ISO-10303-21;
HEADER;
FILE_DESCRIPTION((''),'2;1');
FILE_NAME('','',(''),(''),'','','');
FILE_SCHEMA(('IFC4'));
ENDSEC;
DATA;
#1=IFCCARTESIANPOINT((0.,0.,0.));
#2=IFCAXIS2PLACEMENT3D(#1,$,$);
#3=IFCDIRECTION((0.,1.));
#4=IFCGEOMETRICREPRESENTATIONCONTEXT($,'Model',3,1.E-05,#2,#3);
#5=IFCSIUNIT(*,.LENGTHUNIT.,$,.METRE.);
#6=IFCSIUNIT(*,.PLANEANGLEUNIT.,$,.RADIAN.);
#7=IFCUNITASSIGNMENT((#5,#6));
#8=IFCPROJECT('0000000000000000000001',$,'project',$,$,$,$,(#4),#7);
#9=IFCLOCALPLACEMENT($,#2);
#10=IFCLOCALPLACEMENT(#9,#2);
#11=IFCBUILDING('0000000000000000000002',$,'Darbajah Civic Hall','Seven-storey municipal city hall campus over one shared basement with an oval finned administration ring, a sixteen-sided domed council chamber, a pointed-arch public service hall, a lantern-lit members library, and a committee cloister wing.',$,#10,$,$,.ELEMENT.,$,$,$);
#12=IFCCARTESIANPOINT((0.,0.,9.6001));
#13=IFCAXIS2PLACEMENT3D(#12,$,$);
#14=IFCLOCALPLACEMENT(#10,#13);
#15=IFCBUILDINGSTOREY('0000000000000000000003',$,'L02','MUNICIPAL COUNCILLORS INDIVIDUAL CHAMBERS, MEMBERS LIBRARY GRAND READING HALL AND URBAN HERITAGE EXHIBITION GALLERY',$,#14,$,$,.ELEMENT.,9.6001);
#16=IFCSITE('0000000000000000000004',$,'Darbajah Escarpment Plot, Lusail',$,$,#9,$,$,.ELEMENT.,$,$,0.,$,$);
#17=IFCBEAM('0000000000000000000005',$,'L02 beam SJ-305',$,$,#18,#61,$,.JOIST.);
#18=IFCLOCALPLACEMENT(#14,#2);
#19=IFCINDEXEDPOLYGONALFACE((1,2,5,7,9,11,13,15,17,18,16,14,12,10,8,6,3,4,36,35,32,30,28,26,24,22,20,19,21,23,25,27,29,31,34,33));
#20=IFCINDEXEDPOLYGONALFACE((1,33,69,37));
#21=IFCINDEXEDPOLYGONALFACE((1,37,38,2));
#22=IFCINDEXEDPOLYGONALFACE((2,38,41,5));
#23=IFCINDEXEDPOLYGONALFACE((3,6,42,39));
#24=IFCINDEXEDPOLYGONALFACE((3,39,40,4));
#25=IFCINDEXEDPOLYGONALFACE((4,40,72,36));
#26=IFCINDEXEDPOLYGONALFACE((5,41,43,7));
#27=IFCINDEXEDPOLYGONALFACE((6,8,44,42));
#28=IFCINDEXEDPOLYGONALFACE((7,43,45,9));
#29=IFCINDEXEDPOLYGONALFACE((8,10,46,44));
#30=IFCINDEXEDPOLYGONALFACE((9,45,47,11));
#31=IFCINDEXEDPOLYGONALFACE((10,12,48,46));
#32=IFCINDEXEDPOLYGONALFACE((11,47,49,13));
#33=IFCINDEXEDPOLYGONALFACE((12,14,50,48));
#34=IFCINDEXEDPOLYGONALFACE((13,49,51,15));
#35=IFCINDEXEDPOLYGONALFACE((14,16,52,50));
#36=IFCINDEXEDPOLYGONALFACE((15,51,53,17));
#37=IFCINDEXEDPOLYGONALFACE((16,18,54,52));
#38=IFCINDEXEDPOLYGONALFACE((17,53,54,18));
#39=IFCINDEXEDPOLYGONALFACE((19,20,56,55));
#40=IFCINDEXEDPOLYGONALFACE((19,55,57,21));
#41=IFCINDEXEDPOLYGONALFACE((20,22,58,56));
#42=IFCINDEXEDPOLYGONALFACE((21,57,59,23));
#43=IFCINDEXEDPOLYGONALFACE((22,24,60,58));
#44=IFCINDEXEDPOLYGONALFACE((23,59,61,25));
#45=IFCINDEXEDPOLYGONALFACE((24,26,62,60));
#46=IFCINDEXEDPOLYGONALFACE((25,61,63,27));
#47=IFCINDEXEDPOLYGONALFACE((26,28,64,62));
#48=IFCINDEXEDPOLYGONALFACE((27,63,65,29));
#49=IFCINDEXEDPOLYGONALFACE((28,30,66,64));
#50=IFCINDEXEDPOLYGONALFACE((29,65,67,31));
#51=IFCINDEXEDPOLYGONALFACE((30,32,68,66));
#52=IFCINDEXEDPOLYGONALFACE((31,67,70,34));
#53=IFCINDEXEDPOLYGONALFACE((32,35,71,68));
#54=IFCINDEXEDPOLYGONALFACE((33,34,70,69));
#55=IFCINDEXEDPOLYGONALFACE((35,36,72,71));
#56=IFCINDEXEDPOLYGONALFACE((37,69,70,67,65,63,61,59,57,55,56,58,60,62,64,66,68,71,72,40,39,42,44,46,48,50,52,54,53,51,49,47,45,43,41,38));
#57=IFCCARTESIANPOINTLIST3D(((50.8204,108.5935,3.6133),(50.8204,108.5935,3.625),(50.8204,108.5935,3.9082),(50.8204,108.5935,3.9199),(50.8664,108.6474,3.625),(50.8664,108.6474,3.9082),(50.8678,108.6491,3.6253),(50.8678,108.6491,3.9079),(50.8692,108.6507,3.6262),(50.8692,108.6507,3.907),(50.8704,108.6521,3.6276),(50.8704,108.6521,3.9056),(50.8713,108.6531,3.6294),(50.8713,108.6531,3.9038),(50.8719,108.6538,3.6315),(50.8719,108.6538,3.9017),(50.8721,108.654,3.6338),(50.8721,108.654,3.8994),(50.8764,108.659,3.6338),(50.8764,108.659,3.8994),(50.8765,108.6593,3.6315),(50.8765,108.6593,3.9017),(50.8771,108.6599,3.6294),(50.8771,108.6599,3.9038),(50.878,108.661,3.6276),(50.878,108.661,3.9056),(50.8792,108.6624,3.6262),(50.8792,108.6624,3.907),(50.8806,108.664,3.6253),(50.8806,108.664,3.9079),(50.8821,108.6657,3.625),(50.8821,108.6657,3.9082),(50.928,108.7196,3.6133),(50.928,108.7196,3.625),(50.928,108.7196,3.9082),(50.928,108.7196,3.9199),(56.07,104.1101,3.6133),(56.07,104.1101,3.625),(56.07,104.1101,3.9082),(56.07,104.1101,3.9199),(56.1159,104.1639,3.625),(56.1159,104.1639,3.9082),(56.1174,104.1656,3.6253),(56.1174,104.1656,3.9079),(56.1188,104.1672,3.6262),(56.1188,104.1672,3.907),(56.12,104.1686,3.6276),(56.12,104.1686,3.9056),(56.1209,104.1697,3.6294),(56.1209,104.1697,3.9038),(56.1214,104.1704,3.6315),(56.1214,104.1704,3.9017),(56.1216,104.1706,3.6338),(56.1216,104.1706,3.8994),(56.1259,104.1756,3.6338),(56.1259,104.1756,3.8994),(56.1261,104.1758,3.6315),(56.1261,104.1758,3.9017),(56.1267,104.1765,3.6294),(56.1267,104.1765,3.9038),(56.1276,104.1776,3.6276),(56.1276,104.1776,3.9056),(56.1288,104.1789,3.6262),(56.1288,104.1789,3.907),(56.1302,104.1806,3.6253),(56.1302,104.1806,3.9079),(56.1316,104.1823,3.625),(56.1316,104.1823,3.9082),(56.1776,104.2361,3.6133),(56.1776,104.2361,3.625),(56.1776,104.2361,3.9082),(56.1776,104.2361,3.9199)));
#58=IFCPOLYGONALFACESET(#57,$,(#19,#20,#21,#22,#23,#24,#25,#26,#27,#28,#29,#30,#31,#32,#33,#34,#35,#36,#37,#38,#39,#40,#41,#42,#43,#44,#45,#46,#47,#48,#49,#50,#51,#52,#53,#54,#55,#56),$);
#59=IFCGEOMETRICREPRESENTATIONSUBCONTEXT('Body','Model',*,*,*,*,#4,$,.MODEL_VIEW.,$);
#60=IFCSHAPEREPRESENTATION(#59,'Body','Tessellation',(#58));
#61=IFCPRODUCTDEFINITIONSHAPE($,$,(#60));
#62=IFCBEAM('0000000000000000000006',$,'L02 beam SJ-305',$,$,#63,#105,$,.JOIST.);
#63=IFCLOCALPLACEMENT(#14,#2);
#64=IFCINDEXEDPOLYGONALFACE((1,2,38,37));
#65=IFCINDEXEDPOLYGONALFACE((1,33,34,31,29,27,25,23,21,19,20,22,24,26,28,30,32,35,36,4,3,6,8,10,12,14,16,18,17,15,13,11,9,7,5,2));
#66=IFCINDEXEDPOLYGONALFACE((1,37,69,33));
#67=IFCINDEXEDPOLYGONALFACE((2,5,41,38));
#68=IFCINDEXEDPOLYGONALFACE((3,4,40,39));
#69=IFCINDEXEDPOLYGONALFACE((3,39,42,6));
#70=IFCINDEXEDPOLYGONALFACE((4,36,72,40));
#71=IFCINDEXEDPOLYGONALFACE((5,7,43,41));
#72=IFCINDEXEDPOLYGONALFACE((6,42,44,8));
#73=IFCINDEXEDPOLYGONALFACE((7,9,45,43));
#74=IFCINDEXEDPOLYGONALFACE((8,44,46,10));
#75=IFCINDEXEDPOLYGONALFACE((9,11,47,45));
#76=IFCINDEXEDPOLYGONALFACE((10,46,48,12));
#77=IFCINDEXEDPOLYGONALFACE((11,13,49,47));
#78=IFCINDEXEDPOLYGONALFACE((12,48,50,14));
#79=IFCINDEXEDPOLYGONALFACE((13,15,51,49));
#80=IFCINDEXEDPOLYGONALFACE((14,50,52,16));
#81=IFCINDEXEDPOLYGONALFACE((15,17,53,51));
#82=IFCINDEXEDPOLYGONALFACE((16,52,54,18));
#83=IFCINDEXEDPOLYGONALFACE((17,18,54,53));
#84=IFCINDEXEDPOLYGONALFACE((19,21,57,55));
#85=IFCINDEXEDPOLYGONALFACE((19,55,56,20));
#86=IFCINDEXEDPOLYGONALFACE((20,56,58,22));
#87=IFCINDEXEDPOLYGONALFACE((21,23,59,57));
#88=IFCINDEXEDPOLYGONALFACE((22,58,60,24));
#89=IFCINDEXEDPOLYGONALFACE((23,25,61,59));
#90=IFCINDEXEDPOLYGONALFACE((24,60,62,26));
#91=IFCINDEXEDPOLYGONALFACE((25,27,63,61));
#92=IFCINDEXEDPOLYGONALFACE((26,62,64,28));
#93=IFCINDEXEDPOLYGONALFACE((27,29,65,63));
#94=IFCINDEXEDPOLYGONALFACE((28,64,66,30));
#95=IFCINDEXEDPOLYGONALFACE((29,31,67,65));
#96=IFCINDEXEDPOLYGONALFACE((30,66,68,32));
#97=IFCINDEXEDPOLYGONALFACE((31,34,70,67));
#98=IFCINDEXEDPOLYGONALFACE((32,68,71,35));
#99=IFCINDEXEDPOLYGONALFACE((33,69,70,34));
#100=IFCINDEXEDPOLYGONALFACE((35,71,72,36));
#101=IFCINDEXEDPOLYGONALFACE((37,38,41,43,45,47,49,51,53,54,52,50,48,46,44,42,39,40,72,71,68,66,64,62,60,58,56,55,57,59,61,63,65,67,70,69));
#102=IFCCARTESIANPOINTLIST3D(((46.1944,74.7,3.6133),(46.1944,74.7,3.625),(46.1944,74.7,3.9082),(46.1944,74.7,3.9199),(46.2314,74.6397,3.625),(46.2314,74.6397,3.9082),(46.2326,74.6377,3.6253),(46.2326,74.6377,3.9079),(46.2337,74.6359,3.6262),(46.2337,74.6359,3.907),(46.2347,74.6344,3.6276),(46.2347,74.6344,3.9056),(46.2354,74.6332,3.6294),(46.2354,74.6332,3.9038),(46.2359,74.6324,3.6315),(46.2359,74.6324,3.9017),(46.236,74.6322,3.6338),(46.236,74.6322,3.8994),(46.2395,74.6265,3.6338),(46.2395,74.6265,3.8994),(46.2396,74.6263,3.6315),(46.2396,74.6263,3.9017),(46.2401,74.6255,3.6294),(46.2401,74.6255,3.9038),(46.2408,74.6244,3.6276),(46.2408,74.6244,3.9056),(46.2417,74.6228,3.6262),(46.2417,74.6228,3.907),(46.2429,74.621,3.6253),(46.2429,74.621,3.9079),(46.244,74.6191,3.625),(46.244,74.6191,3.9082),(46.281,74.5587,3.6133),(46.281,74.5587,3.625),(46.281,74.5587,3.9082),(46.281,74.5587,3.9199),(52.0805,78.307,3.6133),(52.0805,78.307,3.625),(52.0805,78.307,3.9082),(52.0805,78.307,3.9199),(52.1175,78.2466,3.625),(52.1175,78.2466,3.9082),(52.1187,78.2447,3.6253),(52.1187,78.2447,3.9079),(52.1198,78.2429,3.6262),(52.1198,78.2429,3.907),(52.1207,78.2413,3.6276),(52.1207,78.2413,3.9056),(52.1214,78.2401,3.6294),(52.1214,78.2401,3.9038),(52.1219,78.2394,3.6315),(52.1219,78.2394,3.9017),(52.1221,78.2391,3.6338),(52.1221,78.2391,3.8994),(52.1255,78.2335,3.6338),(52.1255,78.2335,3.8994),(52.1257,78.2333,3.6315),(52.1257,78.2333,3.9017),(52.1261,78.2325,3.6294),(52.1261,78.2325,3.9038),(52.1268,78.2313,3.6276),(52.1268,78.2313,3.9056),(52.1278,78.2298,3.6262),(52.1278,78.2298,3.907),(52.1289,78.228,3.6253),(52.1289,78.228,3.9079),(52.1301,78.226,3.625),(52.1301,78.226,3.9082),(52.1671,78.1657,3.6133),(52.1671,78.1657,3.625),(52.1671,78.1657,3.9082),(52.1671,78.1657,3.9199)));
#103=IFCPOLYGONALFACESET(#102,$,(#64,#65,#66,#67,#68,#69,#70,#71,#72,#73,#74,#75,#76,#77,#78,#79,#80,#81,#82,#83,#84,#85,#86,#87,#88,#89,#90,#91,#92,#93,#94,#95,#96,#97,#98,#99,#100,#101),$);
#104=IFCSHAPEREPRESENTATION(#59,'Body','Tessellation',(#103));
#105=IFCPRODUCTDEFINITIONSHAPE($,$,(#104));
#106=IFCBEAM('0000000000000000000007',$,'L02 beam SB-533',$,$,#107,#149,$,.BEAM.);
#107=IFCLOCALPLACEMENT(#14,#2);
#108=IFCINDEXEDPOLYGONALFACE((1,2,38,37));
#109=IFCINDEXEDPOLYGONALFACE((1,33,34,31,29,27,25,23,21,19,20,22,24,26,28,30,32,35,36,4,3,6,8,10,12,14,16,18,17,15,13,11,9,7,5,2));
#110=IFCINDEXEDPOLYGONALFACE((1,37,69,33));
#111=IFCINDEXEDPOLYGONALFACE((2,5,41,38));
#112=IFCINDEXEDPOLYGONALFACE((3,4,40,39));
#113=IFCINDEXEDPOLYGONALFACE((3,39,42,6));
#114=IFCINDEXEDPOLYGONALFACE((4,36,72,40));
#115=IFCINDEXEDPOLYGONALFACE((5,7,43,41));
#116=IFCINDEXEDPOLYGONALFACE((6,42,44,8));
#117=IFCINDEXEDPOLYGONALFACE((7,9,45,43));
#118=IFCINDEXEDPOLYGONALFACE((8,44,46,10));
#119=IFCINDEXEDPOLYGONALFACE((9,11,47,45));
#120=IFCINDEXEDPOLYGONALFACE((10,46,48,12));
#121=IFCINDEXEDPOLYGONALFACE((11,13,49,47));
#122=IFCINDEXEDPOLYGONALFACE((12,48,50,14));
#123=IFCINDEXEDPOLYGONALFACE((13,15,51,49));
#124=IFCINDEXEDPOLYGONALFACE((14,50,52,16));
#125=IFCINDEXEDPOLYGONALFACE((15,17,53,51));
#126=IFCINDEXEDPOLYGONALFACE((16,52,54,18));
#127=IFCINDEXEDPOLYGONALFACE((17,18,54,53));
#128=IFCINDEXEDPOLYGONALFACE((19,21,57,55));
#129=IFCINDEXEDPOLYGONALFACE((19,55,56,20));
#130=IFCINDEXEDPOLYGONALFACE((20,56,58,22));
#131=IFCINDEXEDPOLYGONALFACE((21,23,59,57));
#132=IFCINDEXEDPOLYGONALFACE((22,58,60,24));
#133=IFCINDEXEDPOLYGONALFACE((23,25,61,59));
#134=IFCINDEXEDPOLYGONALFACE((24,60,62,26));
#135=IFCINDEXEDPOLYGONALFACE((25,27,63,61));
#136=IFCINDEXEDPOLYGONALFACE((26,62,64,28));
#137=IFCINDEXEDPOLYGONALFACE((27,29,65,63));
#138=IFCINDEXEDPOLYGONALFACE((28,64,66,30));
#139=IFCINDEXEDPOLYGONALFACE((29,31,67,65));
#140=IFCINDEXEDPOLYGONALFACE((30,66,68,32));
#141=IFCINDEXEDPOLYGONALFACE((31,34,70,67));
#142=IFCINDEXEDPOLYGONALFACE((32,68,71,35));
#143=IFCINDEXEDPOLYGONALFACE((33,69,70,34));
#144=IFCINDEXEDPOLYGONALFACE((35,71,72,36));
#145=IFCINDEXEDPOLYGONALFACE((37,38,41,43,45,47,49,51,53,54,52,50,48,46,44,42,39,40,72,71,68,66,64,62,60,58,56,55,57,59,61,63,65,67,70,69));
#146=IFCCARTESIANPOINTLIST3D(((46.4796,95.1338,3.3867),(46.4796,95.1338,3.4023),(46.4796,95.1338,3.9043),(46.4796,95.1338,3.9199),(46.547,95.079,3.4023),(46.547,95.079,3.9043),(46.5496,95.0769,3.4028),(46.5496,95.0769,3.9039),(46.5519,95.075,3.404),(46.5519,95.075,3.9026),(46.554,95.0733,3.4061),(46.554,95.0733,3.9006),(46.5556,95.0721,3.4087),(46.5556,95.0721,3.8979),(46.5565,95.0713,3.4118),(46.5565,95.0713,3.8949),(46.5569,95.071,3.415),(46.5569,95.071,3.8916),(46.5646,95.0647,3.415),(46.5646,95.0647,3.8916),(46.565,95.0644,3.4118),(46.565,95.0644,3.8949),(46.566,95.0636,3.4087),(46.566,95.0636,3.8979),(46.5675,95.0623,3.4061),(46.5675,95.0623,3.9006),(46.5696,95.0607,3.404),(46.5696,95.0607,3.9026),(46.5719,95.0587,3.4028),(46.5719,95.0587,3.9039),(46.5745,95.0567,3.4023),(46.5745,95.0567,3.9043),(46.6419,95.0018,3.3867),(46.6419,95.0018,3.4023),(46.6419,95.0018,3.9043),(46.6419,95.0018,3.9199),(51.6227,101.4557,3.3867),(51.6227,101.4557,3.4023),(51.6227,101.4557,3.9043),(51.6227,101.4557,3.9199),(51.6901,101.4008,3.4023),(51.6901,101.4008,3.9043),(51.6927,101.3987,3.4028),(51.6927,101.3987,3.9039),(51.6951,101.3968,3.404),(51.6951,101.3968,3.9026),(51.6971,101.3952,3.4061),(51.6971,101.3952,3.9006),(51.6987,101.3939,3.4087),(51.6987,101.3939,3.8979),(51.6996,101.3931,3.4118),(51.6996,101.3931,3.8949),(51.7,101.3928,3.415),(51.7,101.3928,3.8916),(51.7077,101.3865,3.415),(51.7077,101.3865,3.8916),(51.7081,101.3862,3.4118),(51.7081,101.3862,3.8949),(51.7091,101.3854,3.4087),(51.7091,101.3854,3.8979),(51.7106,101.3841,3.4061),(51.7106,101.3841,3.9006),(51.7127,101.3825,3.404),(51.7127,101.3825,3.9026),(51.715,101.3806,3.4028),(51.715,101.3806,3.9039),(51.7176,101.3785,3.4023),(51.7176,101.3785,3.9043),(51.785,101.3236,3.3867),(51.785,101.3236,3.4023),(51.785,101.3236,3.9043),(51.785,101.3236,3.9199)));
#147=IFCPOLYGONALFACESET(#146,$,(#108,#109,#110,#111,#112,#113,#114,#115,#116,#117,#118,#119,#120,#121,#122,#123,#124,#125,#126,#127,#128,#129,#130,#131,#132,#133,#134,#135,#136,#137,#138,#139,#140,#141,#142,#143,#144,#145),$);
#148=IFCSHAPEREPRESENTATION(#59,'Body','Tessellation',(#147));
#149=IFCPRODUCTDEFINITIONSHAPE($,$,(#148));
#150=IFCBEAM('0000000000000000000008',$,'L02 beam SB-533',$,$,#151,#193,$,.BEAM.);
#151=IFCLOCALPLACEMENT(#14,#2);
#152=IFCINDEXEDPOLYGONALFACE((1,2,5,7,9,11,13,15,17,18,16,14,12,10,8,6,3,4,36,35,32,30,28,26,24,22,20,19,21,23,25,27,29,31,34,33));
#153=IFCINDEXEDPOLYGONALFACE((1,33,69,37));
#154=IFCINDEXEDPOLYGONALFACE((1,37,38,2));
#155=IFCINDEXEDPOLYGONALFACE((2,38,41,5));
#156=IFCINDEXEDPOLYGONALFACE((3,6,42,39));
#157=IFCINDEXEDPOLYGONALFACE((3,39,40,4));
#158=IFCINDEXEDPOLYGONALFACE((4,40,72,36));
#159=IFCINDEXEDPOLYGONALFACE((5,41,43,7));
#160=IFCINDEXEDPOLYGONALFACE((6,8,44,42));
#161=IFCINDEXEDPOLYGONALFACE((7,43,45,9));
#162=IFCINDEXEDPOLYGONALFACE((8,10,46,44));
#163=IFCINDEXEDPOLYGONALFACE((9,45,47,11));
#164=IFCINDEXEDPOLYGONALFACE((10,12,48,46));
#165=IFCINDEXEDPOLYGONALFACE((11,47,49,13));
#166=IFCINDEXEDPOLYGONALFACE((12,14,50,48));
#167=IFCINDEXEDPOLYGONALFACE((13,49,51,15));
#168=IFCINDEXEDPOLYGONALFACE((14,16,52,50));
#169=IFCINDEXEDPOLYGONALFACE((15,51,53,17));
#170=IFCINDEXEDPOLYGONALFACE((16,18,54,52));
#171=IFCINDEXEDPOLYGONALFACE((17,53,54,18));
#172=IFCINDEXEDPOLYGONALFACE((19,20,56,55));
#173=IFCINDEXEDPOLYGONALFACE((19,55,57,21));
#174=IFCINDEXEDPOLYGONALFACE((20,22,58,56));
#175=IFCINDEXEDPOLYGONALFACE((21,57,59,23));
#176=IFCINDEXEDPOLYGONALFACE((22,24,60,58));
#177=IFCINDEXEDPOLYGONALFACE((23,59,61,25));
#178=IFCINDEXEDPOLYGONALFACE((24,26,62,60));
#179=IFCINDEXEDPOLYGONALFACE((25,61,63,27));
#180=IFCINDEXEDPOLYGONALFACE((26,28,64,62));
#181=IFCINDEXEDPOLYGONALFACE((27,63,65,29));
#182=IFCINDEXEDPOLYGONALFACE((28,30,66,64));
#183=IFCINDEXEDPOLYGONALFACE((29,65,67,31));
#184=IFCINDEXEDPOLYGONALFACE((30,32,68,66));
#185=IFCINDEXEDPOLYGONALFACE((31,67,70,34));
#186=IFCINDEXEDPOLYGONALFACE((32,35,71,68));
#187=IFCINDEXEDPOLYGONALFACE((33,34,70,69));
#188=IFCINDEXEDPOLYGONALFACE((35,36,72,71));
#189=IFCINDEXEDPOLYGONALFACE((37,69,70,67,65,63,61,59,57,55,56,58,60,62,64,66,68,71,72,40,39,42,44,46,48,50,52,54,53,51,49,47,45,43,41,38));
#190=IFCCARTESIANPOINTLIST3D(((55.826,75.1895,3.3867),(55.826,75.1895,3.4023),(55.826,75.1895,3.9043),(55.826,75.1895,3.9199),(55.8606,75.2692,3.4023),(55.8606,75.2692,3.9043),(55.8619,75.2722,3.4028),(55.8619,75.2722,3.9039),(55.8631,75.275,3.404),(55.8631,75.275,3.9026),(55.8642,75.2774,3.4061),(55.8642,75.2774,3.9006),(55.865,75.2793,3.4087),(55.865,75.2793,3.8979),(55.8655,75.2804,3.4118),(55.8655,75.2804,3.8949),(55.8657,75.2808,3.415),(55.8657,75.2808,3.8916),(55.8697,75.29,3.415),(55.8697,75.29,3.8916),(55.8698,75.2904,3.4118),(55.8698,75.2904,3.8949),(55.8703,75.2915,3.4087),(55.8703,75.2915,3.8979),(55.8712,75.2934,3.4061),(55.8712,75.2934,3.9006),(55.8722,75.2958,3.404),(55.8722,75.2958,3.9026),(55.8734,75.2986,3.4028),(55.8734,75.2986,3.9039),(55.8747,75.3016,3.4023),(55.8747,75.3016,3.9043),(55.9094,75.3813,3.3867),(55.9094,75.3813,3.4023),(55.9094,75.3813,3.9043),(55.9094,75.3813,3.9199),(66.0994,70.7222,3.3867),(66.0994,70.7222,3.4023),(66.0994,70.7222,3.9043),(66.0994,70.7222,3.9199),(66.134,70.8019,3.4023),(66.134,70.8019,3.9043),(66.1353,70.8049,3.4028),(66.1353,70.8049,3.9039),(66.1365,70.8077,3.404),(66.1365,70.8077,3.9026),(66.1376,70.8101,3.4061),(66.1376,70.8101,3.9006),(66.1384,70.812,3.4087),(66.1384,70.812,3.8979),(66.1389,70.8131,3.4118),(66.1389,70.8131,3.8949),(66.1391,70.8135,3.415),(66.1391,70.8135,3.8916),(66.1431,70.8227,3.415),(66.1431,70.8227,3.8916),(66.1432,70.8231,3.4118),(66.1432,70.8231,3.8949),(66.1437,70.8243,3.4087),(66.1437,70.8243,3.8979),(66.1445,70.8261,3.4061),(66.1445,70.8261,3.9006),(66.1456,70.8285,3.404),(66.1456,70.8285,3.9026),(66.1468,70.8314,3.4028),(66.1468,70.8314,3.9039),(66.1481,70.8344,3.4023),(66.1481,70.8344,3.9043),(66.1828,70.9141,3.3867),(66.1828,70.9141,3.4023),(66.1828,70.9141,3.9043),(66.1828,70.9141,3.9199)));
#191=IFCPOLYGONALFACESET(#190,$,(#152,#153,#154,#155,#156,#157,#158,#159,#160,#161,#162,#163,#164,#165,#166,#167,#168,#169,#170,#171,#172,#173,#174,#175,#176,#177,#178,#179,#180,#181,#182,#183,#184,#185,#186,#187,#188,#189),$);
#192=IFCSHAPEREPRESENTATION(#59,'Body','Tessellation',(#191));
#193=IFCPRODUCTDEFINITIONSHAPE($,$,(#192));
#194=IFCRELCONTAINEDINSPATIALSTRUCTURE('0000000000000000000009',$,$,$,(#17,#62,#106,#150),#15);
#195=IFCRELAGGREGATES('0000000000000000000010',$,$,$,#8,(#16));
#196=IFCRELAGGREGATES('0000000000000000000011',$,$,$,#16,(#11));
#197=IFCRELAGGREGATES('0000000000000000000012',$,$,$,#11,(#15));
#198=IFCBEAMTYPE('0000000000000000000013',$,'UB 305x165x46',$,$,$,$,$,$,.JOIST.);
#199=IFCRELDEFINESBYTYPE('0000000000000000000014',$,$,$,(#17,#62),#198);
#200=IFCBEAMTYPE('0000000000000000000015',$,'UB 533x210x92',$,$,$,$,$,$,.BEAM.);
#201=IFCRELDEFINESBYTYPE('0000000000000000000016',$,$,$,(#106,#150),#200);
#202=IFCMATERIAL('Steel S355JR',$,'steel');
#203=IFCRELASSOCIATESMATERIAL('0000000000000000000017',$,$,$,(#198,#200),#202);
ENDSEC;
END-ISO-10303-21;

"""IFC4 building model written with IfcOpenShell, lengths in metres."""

from ifc_helpers import new_model, si_unit, direction, frame, origin, origin_2d, place, context, subcontext, project, spatial, i_section, extrude, material, material_profile, profile_set, type_object, element, save


model = new_model("IFC4")

# Units and contexts
model_context = context("Model", 3, precision=1e-05, world=origin(), true_north=direction((0.0, 1.0)))
body_context = subcontext(model_context, "Body", "Model", "MODEL_VIEW")
ifc_project = project(units=[si_unit("LENGTHUNIT", "METRE"), si_unit("PLANEANGLEUNIT", "RADIAN")], contexts=[model_context])

# Site, building, storey
site_placement = place(None, origin())
site = spatial("IfcSite", under=ifc_project, at=site_placement, Name="Darbajah Escarpment Plot, Lusail", CompositionType="ELEMENT", RefElevation=0.0)
building_placement = place(site_placement, origin())
building = spatial("IfcBuilding", under=site, at=building_placement, Name="Darbajah Civic Hall", Description="Seven-storey municipal city hall campus over one shared basement with an oval finned administration ring, a sixteen-sided domed council chamber, a pointed-arch public service hall, a lantern-lit members library, and a committee cloister wing.", CompositionType="ELEMENT")
storey_placement = place(building_placement, frame((0.0, 0.0, 9.6001)))
storey = spatial("IfcBuildingStorey", under=building, at=storey_placement, Name="L02", Description="MUNICIPAL COUNCILLORS INDIVIDUAL CHAMBERS, MEMBERS LIBRARY GRAND READING HALL AND URBAN HERITAGE EXHIBITION GALLERY", CompositionType="ELEMENT", Elevation=9.6001)

# Beams
ifc_material_1 = material(Name="Steel S355JR", Category="steel")
ifc_material_profile_1 = material_profile(ifc_material_1, i_section(OverallWidth=0.1658, OverallDepth=0.3066, WebThickness=0.0066, FlangeThickness=0.0117, FilletRadius=0.0088, at=origin_2d()), Name="UB 305x165x46")
ifc_profile_set_1 = profile_set([ifc_material_profile_1], Name="Steel S355JR")
beam_type_1 = type_object("IfcBeamType", Name="UB 305x165x46", PredefinedType="JOIST", material=ifc_profile_set_1)
beam_1_placement = place(storey_placement, frame((56.1238, 104.1731, 3.7666), z_axis=(-0.760414, 0.649439, 0.0), x_axis=(-0.649439, -0.760414, 0.0)))
element("IfcBeam", 1, at=beam_1_placement, inside=storey, type_object=beam_type_1, Name="L02 beam SJ-305", PredefinedType="JOIST", context=body_context, shape_type="SweptSolid", body=[
    extrude(i_section(OverallWidth=0.1658, OverallDepth=0.3066, WebThickness=0.0066, FlangeThickness=0.0117, FilletRadius=0.0088, at=origin_2d()), origin(), (0.0, 0.0, 1.0), 6.9036),
])
beam_2_placement = place(storey_placement, frame((52.1238, 78.2363, 3.7666), z_axis=(-0.85264, -0.522498, 0.0), x_axis=(0.522498, -0.85264, 0.0)))
element("IfcBeam", 2, at=beam_2_placement, inside=storey, type_object=beam_type_1, Name="L02 beam SJ-305", PredefinedType="JOIST", context=body_context, shape_type="SweptSolid", body=[
    extrude(i_section(OverallWidth=0.1658, OverallDepth=0.3066, WebThickness=0.0066, FlangeThickness=0.0117, FilletRadius=0.0088, at=origin_2d()), origin(), (0.0, 0.0, 1.0), 6.9033),
])
ifc_material_profile_2 = material_profile(ifc_material_1, i_section(OverallWidth=0.2092, OverallDepth=0.5332, WebThickness=0.01, FlangeThickness=0.0156, FilletRadius=0.0127, at=origin_2d()), Name="UB 533x210x92")
ifc_profile_set_2 = profile_set([ifc_material_profile_2], Name="Steel S355JR")
beam_type_2 = type_object("IfcBeamType", Name="UB 533x210x92", PredefinedType="BEAM", material=ifc_profile_set_2)
beam_3_placement = place(storey_placement, frame((51.7039, 101.3896, 3.6533), z_axis=(-0.631082, -0.775716, 0.0), x_axis=(0.775716, -0.631082, 0.0)))
element("IfcBeam", 3, at=beam_3_placement, inside=storey, type_object=beam_type_2, Name="L02 beam SB-533", PredefinedType="BEAM", context=body_context, shape_type="SweptSolid", body=[
    extrude(i_section(OverallWidth=0.2092, OverallDepth=0.5332, WebThickness=0.01, FlangeThickness=0.0156, FilletRadius=0.0127, at=origin_2d()), origin(), (0.0, 0.0, 1.0), 8.1497),
])
beam_4_placement = place(storey_placement, frame((55.8677, 75.2854, 3.6533), z_axis=(0.917051, -0.398769, 0.0), x_axis=(0.398769, 0.917051, 0.0)))
element("IfcBeam", 4, at=beam_4_placement, inside=storey, type_object=beam_type_2, Name="L02 beam SB-533", PredefinedType="BEAM", context=body_context, shape_type="SweptSolid", body=[
    extrude(i_section(OverallWidth=0.2092, OverallDepth=0.5332, WebThickness=0.01, FlangeThickness=0.0156, FilletRadius=0.0127, at=origin_2d()), origin(), (0.0, 0.0, 1.0), 11.2026),
])

save(model, "model.ifc")
